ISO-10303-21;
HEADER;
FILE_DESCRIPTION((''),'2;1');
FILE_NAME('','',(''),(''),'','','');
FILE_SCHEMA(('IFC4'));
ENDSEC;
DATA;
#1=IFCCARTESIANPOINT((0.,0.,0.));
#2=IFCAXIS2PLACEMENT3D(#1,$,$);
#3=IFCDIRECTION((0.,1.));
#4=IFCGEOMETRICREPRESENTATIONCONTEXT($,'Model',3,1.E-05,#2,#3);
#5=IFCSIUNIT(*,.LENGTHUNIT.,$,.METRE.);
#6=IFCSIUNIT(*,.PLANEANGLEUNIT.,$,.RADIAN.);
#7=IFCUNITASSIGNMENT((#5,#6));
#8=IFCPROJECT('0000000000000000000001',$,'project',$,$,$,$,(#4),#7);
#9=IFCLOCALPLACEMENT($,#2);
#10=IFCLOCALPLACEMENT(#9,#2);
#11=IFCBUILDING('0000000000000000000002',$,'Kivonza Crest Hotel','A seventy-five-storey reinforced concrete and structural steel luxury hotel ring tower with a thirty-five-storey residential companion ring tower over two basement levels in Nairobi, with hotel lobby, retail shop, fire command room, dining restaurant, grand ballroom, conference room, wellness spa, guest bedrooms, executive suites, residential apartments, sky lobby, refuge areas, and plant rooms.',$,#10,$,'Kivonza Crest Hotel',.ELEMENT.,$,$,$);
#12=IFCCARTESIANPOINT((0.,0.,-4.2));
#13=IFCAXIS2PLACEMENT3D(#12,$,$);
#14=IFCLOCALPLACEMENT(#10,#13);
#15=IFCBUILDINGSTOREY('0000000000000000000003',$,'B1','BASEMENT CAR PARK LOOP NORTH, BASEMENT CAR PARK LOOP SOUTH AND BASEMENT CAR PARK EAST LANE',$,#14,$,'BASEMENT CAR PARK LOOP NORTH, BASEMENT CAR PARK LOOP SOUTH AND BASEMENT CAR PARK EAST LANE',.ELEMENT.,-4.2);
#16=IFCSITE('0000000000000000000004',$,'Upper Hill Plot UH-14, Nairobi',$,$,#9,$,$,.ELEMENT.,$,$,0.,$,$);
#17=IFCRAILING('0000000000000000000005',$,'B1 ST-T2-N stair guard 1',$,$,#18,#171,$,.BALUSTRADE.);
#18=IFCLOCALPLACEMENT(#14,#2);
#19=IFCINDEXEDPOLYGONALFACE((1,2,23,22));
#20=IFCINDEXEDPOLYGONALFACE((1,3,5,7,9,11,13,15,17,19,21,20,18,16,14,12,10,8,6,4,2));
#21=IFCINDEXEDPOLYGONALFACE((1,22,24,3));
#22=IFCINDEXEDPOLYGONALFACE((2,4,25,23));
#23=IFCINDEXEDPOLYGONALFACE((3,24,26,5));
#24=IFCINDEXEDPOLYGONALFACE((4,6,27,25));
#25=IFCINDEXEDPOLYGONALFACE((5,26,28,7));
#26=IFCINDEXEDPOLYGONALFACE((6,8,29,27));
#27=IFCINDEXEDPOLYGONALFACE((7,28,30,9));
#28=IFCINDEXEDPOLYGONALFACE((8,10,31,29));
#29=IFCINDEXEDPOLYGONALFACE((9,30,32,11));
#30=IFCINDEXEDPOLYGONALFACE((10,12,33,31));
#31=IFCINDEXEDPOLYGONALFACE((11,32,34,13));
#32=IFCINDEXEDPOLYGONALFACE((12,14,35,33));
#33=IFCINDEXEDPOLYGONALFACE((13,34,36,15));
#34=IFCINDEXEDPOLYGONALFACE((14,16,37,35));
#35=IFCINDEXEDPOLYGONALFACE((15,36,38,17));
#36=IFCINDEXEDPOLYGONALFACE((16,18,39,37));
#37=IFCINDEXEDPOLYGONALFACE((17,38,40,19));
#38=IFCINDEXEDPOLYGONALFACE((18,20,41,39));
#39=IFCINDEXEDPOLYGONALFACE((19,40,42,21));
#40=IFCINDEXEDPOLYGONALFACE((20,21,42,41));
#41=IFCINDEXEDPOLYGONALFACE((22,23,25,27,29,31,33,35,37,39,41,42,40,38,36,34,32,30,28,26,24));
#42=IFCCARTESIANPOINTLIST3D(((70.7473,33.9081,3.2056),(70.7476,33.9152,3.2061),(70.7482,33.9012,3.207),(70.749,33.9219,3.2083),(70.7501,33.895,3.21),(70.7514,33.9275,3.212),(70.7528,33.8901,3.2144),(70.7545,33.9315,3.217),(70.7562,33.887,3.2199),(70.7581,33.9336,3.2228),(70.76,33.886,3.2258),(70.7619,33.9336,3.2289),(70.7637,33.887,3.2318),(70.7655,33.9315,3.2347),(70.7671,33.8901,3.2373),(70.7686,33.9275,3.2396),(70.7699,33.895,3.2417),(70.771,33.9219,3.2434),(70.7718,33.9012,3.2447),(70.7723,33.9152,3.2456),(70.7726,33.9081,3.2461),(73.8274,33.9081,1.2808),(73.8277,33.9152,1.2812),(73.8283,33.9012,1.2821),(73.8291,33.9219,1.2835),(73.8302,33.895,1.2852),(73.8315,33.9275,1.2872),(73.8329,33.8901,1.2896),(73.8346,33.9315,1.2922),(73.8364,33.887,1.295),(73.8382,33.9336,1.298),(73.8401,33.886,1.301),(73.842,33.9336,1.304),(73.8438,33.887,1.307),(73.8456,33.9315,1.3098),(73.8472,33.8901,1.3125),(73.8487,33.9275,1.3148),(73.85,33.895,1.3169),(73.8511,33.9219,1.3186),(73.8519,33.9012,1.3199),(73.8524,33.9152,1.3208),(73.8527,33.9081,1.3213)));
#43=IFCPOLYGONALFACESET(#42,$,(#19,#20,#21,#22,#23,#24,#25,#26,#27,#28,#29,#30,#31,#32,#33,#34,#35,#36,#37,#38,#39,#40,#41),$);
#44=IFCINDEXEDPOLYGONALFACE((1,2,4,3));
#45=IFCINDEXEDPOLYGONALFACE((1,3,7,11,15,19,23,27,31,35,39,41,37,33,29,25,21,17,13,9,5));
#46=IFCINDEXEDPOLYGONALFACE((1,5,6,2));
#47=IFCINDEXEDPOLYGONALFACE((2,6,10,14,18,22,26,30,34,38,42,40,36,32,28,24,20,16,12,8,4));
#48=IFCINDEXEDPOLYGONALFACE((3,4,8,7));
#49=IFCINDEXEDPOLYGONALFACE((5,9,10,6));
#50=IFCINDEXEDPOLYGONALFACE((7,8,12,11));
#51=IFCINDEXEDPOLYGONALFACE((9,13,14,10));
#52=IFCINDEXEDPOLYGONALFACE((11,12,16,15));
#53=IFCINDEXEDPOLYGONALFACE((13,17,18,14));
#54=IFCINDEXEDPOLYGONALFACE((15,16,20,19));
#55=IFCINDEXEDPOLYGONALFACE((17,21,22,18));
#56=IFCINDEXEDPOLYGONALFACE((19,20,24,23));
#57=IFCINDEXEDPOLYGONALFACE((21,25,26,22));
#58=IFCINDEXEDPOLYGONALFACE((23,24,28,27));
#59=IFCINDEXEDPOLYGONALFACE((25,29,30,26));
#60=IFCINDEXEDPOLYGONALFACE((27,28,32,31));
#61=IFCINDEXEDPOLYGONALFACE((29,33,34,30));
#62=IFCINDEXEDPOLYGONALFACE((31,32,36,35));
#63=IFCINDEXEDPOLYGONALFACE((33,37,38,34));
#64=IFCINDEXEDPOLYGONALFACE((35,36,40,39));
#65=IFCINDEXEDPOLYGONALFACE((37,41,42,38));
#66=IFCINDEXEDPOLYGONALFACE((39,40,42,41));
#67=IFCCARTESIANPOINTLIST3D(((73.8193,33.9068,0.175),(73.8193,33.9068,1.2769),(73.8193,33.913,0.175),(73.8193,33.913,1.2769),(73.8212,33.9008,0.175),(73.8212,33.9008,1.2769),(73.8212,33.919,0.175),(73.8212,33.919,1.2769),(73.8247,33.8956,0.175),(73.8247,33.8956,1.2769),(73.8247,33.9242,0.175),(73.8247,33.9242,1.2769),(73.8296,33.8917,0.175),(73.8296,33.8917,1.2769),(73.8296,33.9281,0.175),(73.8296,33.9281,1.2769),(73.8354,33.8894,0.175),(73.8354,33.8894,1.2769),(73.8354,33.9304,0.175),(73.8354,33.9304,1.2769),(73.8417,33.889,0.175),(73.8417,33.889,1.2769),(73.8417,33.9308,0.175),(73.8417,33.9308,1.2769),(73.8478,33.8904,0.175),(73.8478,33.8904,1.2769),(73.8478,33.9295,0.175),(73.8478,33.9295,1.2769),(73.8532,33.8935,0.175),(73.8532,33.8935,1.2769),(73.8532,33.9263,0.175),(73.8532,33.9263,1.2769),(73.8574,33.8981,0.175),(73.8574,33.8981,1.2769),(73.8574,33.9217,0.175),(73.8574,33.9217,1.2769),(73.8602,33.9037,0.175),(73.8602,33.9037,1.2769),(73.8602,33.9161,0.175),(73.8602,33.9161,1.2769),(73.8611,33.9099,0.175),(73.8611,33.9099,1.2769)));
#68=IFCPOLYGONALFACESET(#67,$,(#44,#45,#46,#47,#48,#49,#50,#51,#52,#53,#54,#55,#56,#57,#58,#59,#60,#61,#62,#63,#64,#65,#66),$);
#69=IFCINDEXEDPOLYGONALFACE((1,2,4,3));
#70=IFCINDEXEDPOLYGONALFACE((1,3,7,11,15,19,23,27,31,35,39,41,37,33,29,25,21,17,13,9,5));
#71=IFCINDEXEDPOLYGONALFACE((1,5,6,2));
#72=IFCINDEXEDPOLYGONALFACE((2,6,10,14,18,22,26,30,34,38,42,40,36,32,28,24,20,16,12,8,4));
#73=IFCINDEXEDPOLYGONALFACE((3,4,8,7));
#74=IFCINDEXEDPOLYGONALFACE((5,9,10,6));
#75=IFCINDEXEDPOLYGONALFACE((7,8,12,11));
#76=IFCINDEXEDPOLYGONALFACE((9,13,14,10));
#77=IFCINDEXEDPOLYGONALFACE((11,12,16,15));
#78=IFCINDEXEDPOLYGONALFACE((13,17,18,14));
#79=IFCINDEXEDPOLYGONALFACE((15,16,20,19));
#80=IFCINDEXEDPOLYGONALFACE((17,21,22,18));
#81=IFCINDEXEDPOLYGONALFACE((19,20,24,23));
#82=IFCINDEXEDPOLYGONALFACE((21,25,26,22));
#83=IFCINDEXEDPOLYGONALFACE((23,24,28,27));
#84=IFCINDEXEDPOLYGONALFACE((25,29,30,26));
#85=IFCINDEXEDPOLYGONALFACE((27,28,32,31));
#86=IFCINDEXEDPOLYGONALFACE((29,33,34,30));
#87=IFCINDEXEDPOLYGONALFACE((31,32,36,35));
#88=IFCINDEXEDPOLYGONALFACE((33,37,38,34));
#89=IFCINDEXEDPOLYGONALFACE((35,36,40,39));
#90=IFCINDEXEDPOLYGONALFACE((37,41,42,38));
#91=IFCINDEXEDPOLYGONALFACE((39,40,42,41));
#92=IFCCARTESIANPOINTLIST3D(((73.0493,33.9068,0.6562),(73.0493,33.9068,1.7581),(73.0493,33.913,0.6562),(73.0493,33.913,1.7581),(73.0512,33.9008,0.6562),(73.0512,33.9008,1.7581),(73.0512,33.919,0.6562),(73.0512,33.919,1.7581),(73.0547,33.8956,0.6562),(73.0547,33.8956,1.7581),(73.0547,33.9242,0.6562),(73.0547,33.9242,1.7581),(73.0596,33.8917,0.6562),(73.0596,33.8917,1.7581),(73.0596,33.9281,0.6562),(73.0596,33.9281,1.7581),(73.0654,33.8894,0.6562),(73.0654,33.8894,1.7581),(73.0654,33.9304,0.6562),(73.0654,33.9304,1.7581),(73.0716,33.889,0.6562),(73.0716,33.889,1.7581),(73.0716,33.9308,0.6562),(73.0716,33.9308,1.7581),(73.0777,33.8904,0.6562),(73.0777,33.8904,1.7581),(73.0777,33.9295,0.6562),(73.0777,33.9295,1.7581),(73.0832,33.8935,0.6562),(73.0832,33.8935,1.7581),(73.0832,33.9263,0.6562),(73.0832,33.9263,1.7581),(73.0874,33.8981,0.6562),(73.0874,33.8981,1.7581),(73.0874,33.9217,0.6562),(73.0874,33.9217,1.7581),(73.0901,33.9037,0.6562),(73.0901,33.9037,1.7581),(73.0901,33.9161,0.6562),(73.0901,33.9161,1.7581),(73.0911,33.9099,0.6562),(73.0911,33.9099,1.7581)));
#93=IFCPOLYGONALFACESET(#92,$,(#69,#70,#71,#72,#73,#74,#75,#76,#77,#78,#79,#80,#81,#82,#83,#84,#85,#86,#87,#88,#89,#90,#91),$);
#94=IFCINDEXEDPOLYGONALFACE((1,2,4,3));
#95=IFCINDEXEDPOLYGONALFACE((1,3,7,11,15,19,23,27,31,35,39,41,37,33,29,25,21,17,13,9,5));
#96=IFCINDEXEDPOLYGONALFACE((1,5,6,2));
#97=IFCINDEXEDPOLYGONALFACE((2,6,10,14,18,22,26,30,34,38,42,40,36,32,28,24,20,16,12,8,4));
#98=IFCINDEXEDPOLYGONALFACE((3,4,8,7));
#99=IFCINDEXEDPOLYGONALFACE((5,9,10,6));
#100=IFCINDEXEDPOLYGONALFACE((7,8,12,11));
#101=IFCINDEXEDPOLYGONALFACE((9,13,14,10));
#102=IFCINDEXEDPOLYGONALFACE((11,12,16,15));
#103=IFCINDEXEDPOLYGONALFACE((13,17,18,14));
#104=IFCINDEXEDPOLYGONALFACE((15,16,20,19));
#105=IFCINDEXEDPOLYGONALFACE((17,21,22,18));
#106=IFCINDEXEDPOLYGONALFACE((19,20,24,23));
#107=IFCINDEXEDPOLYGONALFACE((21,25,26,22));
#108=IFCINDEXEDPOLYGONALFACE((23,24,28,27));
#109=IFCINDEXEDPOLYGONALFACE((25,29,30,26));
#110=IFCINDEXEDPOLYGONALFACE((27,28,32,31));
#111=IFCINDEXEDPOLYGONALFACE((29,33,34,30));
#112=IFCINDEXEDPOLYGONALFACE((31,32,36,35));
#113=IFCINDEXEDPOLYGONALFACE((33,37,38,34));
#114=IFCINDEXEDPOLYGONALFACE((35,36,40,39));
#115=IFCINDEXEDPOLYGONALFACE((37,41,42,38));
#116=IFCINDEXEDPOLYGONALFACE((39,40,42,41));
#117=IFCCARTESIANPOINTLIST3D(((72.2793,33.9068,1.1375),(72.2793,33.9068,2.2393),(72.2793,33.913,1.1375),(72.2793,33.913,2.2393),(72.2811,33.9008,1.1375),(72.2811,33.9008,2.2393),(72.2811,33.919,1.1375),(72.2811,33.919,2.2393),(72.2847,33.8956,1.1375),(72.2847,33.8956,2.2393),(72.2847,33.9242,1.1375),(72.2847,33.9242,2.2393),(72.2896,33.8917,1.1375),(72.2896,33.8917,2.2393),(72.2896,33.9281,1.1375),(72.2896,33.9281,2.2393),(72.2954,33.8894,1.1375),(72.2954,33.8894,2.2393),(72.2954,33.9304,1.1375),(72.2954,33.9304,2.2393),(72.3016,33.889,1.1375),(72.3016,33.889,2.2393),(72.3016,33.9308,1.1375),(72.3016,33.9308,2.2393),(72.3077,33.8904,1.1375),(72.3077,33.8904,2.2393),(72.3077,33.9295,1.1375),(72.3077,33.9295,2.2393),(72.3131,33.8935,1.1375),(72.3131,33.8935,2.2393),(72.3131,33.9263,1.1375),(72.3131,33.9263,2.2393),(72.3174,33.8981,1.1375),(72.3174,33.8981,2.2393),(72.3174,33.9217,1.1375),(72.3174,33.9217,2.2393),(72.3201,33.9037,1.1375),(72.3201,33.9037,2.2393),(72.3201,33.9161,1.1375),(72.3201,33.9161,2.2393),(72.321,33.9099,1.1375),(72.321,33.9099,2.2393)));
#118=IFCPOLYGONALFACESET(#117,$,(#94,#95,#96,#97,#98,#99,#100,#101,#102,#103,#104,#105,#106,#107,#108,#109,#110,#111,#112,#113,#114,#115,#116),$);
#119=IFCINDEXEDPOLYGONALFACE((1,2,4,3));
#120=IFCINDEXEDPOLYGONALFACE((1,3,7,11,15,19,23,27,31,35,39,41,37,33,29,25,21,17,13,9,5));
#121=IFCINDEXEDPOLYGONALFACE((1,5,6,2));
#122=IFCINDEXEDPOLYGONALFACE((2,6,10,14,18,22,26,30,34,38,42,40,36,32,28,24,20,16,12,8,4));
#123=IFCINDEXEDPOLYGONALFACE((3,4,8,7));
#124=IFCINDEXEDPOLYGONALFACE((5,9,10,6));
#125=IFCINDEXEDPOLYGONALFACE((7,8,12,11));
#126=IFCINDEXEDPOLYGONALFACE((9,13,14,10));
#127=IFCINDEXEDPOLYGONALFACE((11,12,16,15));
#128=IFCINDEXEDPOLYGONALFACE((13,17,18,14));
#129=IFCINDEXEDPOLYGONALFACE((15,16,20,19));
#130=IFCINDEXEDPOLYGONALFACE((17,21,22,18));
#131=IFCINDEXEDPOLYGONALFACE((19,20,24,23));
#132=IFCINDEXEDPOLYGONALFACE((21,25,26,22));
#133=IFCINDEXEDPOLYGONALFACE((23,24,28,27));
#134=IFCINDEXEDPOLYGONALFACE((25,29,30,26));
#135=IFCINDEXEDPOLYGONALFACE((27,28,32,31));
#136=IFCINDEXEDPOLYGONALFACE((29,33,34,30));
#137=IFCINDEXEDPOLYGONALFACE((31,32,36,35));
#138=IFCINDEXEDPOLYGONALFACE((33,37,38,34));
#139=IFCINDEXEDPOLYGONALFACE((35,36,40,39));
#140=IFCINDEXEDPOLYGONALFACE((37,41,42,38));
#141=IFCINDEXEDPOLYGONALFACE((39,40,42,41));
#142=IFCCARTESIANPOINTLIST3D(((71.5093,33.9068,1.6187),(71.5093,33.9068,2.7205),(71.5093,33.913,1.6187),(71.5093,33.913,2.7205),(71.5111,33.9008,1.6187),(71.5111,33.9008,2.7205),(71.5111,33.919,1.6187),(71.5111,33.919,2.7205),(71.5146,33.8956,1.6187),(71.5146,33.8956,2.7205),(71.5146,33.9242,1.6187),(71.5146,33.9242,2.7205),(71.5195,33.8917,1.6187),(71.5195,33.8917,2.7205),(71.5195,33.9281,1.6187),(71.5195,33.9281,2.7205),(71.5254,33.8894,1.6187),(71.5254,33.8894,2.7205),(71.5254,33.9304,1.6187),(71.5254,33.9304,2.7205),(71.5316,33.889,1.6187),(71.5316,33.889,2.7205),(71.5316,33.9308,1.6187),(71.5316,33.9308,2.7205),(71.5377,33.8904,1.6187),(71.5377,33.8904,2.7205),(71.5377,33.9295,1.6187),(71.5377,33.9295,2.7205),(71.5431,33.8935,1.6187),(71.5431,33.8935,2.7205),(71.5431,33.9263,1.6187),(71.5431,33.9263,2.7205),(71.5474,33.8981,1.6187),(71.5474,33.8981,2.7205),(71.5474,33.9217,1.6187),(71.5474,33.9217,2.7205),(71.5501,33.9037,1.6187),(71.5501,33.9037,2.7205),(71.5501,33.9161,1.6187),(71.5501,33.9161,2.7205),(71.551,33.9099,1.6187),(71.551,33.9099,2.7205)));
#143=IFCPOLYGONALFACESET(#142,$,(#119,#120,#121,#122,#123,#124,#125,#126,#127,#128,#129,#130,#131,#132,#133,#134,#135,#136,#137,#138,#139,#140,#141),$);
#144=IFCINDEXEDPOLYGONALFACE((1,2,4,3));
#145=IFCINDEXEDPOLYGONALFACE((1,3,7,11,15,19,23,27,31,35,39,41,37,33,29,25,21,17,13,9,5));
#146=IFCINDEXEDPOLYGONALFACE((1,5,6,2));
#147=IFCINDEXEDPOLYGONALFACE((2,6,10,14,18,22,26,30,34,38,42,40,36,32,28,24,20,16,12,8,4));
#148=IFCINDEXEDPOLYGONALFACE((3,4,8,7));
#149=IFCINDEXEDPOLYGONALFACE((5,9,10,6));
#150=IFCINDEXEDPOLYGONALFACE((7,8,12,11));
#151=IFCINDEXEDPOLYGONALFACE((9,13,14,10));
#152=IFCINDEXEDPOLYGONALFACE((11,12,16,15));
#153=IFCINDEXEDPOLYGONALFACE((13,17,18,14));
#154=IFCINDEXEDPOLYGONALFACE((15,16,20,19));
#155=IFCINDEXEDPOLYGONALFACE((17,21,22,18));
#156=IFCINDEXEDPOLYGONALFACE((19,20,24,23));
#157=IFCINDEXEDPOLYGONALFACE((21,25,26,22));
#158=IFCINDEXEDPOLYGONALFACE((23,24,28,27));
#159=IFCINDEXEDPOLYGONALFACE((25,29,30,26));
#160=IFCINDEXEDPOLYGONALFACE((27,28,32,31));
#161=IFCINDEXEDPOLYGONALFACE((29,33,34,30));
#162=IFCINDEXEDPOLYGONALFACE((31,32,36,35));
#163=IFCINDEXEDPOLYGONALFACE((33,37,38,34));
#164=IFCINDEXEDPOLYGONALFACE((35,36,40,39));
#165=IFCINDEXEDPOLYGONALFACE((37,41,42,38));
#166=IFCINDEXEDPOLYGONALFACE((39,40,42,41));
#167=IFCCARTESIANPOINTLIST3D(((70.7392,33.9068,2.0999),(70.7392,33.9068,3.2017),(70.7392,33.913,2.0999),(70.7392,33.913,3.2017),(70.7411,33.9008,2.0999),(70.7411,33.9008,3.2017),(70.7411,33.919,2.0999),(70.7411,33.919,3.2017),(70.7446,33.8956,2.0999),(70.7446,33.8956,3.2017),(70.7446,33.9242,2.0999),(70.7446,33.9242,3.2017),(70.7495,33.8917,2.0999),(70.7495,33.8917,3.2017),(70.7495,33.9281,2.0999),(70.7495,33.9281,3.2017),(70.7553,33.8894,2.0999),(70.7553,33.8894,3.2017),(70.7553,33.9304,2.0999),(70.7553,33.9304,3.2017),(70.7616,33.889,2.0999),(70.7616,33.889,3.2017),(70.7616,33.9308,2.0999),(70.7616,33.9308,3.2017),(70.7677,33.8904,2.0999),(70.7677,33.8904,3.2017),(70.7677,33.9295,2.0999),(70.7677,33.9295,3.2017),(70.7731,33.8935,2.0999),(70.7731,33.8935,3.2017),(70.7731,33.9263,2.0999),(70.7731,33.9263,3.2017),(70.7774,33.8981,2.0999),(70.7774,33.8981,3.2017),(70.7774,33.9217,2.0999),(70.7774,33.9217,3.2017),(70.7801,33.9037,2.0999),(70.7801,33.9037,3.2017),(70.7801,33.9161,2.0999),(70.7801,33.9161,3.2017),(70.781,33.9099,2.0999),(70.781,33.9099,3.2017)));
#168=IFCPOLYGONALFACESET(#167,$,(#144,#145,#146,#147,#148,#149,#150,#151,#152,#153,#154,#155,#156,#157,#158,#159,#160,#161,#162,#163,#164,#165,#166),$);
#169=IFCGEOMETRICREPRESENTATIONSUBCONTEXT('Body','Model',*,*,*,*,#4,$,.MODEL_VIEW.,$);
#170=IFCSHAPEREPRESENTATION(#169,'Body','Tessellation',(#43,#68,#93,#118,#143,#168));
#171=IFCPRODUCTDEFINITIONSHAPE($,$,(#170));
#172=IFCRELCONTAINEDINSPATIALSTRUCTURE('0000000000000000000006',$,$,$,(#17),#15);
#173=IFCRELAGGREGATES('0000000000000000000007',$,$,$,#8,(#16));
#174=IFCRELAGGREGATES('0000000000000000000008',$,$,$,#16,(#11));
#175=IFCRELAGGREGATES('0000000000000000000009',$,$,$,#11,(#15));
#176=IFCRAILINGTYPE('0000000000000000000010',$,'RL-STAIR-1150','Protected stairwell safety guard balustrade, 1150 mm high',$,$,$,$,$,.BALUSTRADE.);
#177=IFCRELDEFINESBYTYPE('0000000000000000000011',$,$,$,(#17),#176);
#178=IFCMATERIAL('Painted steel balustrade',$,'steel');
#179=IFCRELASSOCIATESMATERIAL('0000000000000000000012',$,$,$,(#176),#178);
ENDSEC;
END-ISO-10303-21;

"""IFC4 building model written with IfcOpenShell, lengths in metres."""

from ifc_helpers import new_model, si_unit, direction, frame, origin, origin_2d, place, context, subcontext, project, spatial, circle, extrude, material, type_object, element, save


model = new_model("IFC4")

# Units and contexts
model_context = context("Model", 3, precision=1e-05, world=origin(), true_north=direction((0.0, 1.0)))
body_context = subcontext(model_context, "Body", "Model", "MODEL_VIEW")
ifc_project = project(units=[si_unit("LENGTHUNIT", "METRE"), si_unit("PLANEANGLEUNIT", "RADIAN")], contexts=[model_context])

# Site, building, storey
site_placement = place(None, origin())
site = spatial("IfcSite", under=ifc_project, at=site_placement, Name="Upper Hill Plot UH-14, Nairobi", CompositionType="ELEMENT", RefElevation=0.0)
building_placement = place(site_placement, origin())
building = spatial("IfcBuilding", under=site, at=building_placement, Name="Kivonza Crest Hotel", Description="A seventy-five-storey reinforced concrete and structural steel luxury hotel ring tower with a thirty-five-storey residential companion ring tower over two basement levels in Nairobi, with hotel lobby, retail shop, fire command room, dining restaurant, grand ballroom, conference room, wellness spa, guest bedrooms, executive suites, residential apartments, sky lobby, refuge areas, and plant rooms.", LongName="Kivonza Crest Hotel", CompositionType="ELEMENT")
storey_placement = place(building_placement, frame((0.0, 0.0, -4.2)))
storey = spatial("IfcBuildingStorey", under=building, at=storey_placement, Name="B1", Description="BASEMENT CAR PARK LOOP NORTH, BASEMENT CAR PARK LOOP SOUTH AND BASEMENT CAR PARK EAST LANE", LongName="BASEMENT CAR PARK LOOP NORTH, BASEMENT CAR PARK LOOP SOUTH AND BASEMENT CAR PARK EAST LANE", CompositionType="ELEMENT", Elevation=-4.2)

# Railing
ifc_material_1 = material(Name="Painted steel balustrade", Category="steel")
railing_type_1 = type_object("IfcRailingType", Name="RL-STAIR-1150", Description="Protected stairwell safety guard balustrade, 1150 mm high", PredefinedType="BALUSTRADE", material=ifc_material_1)
railing_1_placement = place(storey_placement, frame((73.8401, 33.9099, 0.175)))
element("IfcRailing", 1, at=railing_1_placement, inside=storey, type_object=railing_type_1, Name="B1 ST-T2-N stair guard 1", PredefinedType="BALUSTRADE", context=body_context, shape_type="SweptSolid", body=[
    extrude(circle(Radius=0.0239, at=origin_2d()), frame((0.0, 0.0, 1.126), z_axis=(-0.848029, 0.0, 0.529951), x_axis=(0.0, -1.0, 0.0)), (0.0, 0.0, 1.0), 3.6321),
    extrude(circle(Radius=0.021, at=origin_2d()), origin(), (0.0, 0.0, 1.0), 1.1018),
    extrude(circle(Radius=0.021, at=origin_2d()), frame((-0.77, 0.0, 0.4812)), (0.0, 0.0, 1.0), 1.1018),
    extrude(circle(Radius=0.021, at=origin_2d()), frame((-1.54, 0.0, 0.9624)), (0.0, 0.0, 1.0), 1.1018),
    extrude(circle(Radius=0.021, at=origin_2d()), frame((-2.3101, 0.0, 1.4436)), (0.0, 0.0, 1.0), 1.1018),
    extrude(circle(Radius=0.021, at=origin_2d()), frame((-3.0801, 0.0, 1.9248)), (0.0, 0.0, 1.0), 1.1018),
])

save(model, "model.ifc")
